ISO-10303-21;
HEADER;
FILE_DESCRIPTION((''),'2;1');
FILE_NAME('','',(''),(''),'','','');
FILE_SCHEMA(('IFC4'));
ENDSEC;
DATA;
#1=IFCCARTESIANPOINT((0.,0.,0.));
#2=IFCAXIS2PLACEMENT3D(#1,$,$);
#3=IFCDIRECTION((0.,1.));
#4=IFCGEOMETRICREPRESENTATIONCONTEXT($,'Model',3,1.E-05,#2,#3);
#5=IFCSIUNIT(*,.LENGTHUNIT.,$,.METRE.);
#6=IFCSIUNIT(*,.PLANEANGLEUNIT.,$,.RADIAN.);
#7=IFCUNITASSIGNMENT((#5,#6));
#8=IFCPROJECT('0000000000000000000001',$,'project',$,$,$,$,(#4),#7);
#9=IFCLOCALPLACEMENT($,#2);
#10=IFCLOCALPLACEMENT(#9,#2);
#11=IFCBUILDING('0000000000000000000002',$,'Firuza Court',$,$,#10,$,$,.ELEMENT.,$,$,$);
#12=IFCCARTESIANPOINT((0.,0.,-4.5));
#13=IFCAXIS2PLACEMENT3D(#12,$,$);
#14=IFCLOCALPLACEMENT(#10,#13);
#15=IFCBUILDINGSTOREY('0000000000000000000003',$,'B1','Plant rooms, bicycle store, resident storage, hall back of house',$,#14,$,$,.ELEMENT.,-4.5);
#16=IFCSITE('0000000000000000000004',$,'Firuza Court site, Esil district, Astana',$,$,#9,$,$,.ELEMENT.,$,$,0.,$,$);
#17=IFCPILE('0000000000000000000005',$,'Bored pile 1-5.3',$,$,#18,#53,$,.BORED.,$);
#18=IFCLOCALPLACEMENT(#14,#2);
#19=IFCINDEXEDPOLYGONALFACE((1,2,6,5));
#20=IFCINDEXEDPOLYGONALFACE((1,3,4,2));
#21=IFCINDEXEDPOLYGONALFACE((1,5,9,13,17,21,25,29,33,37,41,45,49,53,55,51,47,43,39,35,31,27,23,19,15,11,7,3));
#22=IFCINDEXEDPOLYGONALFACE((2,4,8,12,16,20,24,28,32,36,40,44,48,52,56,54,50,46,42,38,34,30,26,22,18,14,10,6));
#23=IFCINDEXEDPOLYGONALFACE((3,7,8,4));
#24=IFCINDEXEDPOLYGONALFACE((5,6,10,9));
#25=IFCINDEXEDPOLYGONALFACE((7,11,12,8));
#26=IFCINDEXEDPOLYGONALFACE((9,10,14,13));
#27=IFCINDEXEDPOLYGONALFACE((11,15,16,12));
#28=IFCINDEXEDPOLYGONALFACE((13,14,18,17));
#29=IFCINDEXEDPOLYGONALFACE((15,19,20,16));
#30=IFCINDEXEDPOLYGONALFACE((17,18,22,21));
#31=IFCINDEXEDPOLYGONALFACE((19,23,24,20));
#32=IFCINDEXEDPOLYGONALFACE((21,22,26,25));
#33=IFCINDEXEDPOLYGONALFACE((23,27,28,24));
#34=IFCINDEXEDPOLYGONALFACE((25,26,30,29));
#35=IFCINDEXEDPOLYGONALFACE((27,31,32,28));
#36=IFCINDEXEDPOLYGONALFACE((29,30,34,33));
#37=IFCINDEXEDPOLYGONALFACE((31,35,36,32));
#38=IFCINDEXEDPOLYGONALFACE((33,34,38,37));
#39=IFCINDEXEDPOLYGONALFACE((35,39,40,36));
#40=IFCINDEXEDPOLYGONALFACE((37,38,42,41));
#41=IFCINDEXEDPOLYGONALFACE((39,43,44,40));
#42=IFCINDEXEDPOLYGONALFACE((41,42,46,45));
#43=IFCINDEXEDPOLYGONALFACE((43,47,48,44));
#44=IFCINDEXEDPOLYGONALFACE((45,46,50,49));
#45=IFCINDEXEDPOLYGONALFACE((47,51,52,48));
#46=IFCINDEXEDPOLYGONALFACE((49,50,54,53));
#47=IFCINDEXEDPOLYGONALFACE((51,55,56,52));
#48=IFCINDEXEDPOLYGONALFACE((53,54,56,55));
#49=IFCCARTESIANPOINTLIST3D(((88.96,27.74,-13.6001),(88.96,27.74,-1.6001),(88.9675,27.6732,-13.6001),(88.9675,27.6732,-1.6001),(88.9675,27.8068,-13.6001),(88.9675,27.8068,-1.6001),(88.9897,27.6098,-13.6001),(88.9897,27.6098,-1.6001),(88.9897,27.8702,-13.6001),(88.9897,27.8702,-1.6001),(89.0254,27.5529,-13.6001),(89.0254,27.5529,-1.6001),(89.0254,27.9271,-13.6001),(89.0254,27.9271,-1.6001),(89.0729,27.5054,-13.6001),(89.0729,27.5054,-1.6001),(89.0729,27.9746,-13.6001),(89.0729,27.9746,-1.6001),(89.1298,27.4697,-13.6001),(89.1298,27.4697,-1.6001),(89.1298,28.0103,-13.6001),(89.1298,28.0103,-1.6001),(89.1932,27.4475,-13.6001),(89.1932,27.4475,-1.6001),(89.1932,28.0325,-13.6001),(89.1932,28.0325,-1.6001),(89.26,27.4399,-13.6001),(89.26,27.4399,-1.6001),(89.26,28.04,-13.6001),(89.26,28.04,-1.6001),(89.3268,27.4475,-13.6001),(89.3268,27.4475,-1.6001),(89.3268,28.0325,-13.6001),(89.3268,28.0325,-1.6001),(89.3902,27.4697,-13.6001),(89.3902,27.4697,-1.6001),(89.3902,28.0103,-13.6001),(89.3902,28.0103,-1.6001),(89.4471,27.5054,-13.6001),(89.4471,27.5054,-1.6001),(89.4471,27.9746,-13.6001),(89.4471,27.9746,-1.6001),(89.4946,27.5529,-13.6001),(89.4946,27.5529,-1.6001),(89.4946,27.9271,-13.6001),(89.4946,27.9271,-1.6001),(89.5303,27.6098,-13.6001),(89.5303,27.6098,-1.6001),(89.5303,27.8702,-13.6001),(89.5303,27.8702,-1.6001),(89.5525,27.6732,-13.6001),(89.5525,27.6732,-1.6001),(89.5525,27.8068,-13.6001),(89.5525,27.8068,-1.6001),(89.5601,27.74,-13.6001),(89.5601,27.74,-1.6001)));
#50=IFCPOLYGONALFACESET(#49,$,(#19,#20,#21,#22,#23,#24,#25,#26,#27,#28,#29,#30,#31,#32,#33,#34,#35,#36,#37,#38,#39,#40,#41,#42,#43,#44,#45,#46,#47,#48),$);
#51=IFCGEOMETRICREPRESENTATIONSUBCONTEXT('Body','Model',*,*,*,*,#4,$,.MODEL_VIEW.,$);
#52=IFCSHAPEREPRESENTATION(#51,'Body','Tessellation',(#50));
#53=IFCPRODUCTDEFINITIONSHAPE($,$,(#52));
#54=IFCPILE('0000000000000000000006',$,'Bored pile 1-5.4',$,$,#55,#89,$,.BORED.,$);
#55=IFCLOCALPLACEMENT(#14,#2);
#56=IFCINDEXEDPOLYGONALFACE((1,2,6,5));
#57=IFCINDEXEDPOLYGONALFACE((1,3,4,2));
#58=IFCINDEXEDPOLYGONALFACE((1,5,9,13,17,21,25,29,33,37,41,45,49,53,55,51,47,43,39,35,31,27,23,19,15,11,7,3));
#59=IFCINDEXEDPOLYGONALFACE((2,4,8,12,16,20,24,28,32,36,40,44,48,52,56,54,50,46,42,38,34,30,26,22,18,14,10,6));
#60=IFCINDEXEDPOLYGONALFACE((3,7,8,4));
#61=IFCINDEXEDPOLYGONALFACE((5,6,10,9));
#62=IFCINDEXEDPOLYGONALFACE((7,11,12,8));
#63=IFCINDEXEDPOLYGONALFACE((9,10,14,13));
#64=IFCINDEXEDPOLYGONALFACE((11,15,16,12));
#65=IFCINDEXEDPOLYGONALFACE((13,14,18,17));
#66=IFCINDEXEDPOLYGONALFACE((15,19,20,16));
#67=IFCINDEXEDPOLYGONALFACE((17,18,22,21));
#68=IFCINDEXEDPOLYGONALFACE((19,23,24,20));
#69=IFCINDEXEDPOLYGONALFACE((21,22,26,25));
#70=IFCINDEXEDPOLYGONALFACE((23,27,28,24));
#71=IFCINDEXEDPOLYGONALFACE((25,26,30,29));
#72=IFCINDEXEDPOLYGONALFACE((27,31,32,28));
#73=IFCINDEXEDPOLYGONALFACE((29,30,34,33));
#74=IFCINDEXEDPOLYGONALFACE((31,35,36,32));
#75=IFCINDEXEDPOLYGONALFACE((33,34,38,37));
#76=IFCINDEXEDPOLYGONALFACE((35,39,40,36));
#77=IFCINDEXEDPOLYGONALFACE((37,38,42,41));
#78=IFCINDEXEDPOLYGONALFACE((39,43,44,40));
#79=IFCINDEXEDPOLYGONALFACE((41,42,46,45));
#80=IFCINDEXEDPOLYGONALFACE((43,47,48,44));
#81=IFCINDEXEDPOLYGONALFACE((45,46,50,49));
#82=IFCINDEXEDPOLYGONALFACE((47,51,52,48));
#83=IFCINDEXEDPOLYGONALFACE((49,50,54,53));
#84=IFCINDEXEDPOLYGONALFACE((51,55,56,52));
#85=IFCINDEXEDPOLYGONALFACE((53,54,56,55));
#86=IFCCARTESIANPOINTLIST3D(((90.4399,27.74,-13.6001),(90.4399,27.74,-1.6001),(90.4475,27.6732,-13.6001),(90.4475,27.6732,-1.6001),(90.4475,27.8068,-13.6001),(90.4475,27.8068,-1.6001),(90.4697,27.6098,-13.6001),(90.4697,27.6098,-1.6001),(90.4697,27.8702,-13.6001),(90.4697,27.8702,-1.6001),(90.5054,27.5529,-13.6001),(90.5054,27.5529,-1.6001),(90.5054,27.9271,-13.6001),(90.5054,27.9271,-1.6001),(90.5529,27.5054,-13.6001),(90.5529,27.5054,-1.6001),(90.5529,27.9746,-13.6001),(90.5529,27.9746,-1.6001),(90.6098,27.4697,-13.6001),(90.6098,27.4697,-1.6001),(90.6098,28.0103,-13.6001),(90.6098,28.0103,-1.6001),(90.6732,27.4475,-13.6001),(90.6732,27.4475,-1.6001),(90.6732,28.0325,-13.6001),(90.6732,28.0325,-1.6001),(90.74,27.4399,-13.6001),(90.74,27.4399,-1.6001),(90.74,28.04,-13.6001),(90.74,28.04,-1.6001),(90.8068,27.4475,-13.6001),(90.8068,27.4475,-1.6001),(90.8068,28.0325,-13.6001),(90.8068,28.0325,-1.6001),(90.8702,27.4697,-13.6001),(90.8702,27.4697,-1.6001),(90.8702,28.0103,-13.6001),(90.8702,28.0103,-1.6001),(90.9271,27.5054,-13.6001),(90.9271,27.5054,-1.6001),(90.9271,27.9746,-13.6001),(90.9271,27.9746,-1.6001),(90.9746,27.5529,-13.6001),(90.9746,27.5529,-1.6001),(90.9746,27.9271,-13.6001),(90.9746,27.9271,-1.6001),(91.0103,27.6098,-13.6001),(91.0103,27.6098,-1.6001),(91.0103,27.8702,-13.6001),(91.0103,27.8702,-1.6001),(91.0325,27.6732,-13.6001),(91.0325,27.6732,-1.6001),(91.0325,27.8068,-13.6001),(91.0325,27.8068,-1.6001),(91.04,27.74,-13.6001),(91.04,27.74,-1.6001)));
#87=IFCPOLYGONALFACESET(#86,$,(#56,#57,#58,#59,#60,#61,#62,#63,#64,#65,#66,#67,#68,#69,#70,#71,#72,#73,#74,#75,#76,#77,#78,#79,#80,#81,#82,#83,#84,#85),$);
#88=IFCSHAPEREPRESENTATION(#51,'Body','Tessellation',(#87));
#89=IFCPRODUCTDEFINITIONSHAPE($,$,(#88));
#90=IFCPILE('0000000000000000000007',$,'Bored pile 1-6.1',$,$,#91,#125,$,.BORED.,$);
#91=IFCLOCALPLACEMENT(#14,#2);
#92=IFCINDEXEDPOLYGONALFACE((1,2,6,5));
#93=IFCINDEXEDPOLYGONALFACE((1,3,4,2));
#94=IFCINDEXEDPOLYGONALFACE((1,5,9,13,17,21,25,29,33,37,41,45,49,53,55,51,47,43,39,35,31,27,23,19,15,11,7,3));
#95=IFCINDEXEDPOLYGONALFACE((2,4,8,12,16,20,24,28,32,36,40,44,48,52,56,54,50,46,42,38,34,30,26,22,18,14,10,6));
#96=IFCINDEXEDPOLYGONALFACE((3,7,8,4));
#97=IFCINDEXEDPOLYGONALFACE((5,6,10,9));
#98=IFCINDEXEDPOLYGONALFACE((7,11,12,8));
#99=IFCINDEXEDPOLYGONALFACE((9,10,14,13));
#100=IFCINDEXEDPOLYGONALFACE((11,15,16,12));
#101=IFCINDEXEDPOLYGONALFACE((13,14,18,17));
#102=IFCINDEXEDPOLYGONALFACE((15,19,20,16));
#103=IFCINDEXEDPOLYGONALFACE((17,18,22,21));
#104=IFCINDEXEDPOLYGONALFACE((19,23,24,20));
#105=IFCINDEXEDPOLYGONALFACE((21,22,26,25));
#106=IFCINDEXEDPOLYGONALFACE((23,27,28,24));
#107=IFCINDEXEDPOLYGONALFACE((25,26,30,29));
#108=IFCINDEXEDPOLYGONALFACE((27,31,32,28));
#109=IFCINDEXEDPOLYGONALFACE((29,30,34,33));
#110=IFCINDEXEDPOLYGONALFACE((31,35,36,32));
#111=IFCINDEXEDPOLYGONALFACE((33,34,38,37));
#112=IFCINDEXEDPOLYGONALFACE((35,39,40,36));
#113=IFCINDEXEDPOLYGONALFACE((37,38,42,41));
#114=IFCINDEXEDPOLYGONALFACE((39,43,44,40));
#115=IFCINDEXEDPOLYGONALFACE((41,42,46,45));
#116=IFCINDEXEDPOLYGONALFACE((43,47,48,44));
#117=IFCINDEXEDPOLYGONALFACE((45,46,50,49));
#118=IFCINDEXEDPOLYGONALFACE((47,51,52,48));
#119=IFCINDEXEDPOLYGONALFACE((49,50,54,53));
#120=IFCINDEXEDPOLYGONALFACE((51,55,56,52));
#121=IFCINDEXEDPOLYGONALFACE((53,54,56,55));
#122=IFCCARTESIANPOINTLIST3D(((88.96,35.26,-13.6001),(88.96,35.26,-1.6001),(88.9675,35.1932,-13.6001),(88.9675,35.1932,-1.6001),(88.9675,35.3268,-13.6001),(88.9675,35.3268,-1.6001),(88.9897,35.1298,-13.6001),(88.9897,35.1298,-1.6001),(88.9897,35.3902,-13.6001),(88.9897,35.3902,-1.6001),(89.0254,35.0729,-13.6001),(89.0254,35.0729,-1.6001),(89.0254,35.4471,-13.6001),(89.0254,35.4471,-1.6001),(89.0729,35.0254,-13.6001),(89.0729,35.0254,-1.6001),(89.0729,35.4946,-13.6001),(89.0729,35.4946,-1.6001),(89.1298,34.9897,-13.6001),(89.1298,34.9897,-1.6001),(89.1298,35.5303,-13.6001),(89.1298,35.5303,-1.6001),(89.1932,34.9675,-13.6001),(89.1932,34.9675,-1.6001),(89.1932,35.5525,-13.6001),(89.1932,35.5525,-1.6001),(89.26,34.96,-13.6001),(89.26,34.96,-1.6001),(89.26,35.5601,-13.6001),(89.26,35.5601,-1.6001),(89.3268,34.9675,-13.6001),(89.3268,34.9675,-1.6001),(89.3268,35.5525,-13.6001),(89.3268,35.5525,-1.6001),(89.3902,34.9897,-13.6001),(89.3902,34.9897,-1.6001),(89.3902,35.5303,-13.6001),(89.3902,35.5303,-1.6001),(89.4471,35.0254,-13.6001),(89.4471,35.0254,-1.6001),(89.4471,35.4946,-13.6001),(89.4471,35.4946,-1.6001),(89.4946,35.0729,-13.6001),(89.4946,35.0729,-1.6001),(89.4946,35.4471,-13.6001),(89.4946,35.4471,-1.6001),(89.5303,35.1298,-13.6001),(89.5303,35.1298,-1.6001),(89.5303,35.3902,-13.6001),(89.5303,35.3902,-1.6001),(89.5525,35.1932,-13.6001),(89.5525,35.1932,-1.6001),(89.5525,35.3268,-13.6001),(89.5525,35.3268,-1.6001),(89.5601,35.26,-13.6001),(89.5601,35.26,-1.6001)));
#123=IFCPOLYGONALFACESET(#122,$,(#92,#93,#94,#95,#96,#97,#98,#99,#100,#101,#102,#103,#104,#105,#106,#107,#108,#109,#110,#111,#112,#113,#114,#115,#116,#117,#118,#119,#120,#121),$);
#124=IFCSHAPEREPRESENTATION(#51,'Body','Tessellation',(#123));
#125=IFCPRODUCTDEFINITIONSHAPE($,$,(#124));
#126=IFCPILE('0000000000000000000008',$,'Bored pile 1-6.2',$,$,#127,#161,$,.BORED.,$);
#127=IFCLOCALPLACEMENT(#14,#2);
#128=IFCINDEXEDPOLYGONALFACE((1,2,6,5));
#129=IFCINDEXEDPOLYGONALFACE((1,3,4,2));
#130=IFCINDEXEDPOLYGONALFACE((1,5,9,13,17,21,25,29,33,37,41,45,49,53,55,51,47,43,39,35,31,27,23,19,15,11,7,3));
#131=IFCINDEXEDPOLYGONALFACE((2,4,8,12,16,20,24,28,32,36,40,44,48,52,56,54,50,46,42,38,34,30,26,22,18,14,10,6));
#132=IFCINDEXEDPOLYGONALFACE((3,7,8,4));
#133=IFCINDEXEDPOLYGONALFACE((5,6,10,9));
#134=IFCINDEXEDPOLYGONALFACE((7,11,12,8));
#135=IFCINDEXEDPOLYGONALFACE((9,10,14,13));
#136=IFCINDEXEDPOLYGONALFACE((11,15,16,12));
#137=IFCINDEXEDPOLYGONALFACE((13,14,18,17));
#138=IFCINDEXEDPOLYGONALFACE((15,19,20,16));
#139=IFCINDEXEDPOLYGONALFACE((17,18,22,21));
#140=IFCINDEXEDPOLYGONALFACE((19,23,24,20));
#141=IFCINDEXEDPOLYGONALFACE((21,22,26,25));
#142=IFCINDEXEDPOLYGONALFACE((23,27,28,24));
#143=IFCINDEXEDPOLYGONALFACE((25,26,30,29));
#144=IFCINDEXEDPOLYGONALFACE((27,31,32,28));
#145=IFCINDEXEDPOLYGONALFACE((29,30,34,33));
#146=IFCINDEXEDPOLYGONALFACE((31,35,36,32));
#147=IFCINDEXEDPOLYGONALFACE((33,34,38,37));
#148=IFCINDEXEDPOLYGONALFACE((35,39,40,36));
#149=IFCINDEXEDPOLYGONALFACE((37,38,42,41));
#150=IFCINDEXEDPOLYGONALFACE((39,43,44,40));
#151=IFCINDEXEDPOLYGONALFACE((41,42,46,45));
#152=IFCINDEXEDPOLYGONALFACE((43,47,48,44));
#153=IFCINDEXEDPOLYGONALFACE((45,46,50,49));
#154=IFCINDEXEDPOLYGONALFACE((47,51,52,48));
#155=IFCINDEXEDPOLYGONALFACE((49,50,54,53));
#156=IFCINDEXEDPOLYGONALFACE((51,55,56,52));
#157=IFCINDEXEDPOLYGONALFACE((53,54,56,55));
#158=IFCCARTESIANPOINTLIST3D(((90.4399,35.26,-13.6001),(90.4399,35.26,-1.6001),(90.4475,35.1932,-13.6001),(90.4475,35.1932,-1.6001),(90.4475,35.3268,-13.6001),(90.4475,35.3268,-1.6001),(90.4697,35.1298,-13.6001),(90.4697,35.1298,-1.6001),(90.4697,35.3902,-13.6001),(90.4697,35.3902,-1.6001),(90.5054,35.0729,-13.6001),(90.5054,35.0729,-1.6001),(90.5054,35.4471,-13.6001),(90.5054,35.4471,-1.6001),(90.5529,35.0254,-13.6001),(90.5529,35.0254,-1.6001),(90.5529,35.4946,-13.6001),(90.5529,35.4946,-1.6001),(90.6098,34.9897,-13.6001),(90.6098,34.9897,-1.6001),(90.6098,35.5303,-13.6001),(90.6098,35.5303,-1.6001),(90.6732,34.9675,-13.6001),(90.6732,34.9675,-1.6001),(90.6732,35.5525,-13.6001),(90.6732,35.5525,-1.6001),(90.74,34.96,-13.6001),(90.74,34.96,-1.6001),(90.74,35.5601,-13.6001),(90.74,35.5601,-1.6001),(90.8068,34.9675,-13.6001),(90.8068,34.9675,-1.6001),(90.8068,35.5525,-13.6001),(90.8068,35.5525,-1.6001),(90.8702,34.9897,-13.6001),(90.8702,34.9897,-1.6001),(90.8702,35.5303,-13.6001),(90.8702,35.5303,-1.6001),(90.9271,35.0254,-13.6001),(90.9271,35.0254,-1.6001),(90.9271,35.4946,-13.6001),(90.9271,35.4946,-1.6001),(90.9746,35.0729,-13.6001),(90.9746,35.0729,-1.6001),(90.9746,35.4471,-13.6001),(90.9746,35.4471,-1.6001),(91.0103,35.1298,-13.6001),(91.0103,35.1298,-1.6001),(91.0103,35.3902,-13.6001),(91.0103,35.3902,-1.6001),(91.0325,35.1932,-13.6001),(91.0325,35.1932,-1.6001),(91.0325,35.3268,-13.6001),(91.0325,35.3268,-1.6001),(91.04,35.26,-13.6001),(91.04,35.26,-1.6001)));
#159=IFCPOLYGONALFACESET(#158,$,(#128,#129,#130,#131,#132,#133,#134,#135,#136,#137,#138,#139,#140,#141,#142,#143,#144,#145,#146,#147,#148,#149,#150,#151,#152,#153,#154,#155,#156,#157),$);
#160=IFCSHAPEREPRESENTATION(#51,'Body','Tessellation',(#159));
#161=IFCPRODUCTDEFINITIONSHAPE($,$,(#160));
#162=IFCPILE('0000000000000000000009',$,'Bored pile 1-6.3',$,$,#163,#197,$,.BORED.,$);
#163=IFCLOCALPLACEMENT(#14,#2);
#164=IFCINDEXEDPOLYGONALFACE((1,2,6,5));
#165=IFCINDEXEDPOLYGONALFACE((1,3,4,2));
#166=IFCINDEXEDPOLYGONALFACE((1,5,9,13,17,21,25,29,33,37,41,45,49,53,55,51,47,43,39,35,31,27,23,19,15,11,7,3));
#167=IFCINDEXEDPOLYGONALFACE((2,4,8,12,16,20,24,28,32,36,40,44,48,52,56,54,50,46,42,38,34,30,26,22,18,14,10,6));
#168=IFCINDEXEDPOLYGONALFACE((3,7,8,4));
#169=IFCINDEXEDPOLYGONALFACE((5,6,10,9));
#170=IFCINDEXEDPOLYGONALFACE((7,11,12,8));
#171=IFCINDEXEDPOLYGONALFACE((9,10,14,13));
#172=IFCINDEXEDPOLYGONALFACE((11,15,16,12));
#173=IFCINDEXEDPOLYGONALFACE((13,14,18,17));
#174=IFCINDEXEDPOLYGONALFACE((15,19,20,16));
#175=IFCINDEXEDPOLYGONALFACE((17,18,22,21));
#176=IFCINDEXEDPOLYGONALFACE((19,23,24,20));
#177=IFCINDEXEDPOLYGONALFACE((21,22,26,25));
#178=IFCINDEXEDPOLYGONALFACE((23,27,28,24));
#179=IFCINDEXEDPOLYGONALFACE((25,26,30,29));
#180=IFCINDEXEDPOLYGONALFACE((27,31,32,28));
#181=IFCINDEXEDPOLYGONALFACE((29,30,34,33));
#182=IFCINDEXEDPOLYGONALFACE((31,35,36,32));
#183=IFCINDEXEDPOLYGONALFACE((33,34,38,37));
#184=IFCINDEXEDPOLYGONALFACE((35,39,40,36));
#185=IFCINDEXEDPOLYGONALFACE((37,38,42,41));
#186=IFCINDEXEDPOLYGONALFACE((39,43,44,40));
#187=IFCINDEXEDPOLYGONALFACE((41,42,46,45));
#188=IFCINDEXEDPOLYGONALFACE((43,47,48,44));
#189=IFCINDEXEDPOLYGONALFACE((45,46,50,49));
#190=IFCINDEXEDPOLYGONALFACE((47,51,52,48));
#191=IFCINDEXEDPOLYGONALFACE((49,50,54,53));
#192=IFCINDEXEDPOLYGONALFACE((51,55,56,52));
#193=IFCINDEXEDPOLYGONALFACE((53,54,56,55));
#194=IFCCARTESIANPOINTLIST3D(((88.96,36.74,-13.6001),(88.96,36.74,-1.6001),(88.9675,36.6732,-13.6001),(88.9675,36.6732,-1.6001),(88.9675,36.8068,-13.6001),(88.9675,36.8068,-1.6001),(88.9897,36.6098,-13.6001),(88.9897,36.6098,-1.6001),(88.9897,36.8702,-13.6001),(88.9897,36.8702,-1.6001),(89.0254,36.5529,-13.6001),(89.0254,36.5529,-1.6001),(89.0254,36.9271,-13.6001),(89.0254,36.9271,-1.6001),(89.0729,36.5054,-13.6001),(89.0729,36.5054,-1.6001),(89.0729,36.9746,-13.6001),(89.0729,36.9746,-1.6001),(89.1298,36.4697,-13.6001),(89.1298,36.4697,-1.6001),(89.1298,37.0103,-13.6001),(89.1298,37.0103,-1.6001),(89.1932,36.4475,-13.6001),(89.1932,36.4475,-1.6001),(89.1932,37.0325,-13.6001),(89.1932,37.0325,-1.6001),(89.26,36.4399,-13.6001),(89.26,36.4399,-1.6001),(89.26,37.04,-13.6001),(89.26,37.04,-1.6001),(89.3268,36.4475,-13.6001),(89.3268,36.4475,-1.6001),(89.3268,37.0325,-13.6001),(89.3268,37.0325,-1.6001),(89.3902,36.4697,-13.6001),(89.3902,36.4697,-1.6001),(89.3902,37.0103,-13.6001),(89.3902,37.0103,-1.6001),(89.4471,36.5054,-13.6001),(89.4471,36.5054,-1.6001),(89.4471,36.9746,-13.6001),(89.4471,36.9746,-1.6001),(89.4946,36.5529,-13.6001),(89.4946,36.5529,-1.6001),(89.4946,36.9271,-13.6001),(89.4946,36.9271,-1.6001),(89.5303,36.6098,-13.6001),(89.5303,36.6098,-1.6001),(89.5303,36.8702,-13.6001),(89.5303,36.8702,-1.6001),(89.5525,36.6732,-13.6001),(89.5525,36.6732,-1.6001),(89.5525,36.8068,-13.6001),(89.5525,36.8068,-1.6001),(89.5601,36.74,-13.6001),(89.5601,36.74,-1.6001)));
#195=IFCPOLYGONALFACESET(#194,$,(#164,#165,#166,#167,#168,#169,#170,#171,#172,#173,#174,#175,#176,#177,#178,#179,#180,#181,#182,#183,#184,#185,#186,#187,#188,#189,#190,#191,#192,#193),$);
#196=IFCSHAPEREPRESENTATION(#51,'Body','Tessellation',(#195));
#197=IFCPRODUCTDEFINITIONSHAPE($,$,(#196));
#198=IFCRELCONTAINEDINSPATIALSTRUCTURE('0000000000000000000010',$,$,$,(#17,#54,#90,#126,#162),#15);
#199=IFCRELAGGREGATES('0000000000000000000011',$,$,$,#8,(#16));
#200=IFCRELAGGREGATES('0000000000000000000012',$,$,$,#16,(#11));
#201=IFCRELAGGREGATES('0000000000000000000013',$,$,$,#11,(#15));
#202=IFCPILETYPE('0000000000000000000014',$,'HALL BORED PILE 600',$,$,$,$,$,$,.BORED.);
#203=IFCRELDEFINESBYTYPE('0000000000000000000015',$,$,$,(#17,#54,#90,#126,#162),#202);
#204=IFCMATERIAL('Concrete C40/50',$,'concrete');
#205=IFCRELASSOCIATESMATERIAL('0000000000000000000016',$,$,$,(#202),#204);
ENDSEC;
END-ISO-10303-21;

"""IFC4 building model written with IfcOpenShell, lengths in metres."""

from ifc_helpers import new_model, si_unit, direction, frame, origin, origin_2d, place, context, subcontext, project, spatial, circle, extrude, material, material_profile, profile_set, type_object, element, save


model = new_model("IFC4")

# Units and contexts
model_context = context("Model", 3, precision=1e-05, world=origin(), true_north=direction((0.0, 1.0)))
body_context = subcontext(model_context, "Body", "Model", "MODEL_VIEW")
ifc_project = project(units=[si_unit("LENGTHUNIT", "METRE"), si_unit("PLANEANGLEUNIT", "RADIAN")], contexts=[model_context])

# Site, building, storey
site_placement = place(None, origin())
site = spatial("IfcSite", under=ifc_project, at=site_placement, Name="Firuza Court site, Esil district, Astana", CompositionType="ELEMENT", RefElevation=0.0)
building_placement = place(site_placement, origin())
building = spatial("IfcBuilding", under=site, at=building_placement, Name="Firuza Court", CompositionType="ELEMENT")
storey_placement = place(building_placement, frame((0.0, 0.0, -4.5)))
storey = spatial("IfcBuildingStorey", under=building, at=storey_placement, Name="B1", Description="Plant rooms, bicycle store, resident storage, hall back of house", CompositionType="ELEMENT", Elevation=-4.5)

# Piles
ifc_material_1 = material(Name="Concrete C40/50", Category="concrete")
ifc_material_profile_1 = material_profile(ifc_material_1, circle(Radius=0.3, at=origin_2d()), Name="PILE 600")
ifc_profile_set_1 = profile_set([ifc_material_profile_1], Name="Concrete C40/50")
pile_type = type_object("IfcPileType", Name="HALL BORED PILE 600", PredefinedType="BORED", material=ifc_profile_set_1)
for number, where, z_axis, x_axis, name in (
    (1, (89.26, 27.74, -1.6001), (0.0, 0.0, -1.0), (1.0, 0.0, 0.0), "Bored pile 1-5.3"),
    (2, (90.74, 27.74, -1.6001), (0.0, 0.0, -1.0), (1.0, 0.0, 0.0), "Bored pile 1-5.4"),
    (3, (89.26, 35.26, -1.6001), (0.0, 0.0, -1.0), (1.0, 0.0, 0.0), "Bored pile 1-6.1"),
    (4, (90.74, 35.26, -1.6001), (0.0, 0.0, -1.0), (1.0, 0.0, 0.0), "Bored pile 1-6.2"),
    (5, (89.26, 36.74, -1.6001), (0.0, 0.0, -1.0), (1.0, 0.0, 0.0), "Bored pile 1-6.3"),
):
    element("IfcPile", number, at=place(storey_placement, frame(where, z_axis=z_axis, x_axis=x_axis)), inside=storey, type_object=pile_type, Name=name, PredefinedType="BORED", context=body_context, shape_type="SweptSolid", body=[
        extrude(circle(Radius=0.3, at=origin_2d()), origin(), (0.0, 0.0, 1.0), 12.0),
    ])

save(model, "model.ifc")
